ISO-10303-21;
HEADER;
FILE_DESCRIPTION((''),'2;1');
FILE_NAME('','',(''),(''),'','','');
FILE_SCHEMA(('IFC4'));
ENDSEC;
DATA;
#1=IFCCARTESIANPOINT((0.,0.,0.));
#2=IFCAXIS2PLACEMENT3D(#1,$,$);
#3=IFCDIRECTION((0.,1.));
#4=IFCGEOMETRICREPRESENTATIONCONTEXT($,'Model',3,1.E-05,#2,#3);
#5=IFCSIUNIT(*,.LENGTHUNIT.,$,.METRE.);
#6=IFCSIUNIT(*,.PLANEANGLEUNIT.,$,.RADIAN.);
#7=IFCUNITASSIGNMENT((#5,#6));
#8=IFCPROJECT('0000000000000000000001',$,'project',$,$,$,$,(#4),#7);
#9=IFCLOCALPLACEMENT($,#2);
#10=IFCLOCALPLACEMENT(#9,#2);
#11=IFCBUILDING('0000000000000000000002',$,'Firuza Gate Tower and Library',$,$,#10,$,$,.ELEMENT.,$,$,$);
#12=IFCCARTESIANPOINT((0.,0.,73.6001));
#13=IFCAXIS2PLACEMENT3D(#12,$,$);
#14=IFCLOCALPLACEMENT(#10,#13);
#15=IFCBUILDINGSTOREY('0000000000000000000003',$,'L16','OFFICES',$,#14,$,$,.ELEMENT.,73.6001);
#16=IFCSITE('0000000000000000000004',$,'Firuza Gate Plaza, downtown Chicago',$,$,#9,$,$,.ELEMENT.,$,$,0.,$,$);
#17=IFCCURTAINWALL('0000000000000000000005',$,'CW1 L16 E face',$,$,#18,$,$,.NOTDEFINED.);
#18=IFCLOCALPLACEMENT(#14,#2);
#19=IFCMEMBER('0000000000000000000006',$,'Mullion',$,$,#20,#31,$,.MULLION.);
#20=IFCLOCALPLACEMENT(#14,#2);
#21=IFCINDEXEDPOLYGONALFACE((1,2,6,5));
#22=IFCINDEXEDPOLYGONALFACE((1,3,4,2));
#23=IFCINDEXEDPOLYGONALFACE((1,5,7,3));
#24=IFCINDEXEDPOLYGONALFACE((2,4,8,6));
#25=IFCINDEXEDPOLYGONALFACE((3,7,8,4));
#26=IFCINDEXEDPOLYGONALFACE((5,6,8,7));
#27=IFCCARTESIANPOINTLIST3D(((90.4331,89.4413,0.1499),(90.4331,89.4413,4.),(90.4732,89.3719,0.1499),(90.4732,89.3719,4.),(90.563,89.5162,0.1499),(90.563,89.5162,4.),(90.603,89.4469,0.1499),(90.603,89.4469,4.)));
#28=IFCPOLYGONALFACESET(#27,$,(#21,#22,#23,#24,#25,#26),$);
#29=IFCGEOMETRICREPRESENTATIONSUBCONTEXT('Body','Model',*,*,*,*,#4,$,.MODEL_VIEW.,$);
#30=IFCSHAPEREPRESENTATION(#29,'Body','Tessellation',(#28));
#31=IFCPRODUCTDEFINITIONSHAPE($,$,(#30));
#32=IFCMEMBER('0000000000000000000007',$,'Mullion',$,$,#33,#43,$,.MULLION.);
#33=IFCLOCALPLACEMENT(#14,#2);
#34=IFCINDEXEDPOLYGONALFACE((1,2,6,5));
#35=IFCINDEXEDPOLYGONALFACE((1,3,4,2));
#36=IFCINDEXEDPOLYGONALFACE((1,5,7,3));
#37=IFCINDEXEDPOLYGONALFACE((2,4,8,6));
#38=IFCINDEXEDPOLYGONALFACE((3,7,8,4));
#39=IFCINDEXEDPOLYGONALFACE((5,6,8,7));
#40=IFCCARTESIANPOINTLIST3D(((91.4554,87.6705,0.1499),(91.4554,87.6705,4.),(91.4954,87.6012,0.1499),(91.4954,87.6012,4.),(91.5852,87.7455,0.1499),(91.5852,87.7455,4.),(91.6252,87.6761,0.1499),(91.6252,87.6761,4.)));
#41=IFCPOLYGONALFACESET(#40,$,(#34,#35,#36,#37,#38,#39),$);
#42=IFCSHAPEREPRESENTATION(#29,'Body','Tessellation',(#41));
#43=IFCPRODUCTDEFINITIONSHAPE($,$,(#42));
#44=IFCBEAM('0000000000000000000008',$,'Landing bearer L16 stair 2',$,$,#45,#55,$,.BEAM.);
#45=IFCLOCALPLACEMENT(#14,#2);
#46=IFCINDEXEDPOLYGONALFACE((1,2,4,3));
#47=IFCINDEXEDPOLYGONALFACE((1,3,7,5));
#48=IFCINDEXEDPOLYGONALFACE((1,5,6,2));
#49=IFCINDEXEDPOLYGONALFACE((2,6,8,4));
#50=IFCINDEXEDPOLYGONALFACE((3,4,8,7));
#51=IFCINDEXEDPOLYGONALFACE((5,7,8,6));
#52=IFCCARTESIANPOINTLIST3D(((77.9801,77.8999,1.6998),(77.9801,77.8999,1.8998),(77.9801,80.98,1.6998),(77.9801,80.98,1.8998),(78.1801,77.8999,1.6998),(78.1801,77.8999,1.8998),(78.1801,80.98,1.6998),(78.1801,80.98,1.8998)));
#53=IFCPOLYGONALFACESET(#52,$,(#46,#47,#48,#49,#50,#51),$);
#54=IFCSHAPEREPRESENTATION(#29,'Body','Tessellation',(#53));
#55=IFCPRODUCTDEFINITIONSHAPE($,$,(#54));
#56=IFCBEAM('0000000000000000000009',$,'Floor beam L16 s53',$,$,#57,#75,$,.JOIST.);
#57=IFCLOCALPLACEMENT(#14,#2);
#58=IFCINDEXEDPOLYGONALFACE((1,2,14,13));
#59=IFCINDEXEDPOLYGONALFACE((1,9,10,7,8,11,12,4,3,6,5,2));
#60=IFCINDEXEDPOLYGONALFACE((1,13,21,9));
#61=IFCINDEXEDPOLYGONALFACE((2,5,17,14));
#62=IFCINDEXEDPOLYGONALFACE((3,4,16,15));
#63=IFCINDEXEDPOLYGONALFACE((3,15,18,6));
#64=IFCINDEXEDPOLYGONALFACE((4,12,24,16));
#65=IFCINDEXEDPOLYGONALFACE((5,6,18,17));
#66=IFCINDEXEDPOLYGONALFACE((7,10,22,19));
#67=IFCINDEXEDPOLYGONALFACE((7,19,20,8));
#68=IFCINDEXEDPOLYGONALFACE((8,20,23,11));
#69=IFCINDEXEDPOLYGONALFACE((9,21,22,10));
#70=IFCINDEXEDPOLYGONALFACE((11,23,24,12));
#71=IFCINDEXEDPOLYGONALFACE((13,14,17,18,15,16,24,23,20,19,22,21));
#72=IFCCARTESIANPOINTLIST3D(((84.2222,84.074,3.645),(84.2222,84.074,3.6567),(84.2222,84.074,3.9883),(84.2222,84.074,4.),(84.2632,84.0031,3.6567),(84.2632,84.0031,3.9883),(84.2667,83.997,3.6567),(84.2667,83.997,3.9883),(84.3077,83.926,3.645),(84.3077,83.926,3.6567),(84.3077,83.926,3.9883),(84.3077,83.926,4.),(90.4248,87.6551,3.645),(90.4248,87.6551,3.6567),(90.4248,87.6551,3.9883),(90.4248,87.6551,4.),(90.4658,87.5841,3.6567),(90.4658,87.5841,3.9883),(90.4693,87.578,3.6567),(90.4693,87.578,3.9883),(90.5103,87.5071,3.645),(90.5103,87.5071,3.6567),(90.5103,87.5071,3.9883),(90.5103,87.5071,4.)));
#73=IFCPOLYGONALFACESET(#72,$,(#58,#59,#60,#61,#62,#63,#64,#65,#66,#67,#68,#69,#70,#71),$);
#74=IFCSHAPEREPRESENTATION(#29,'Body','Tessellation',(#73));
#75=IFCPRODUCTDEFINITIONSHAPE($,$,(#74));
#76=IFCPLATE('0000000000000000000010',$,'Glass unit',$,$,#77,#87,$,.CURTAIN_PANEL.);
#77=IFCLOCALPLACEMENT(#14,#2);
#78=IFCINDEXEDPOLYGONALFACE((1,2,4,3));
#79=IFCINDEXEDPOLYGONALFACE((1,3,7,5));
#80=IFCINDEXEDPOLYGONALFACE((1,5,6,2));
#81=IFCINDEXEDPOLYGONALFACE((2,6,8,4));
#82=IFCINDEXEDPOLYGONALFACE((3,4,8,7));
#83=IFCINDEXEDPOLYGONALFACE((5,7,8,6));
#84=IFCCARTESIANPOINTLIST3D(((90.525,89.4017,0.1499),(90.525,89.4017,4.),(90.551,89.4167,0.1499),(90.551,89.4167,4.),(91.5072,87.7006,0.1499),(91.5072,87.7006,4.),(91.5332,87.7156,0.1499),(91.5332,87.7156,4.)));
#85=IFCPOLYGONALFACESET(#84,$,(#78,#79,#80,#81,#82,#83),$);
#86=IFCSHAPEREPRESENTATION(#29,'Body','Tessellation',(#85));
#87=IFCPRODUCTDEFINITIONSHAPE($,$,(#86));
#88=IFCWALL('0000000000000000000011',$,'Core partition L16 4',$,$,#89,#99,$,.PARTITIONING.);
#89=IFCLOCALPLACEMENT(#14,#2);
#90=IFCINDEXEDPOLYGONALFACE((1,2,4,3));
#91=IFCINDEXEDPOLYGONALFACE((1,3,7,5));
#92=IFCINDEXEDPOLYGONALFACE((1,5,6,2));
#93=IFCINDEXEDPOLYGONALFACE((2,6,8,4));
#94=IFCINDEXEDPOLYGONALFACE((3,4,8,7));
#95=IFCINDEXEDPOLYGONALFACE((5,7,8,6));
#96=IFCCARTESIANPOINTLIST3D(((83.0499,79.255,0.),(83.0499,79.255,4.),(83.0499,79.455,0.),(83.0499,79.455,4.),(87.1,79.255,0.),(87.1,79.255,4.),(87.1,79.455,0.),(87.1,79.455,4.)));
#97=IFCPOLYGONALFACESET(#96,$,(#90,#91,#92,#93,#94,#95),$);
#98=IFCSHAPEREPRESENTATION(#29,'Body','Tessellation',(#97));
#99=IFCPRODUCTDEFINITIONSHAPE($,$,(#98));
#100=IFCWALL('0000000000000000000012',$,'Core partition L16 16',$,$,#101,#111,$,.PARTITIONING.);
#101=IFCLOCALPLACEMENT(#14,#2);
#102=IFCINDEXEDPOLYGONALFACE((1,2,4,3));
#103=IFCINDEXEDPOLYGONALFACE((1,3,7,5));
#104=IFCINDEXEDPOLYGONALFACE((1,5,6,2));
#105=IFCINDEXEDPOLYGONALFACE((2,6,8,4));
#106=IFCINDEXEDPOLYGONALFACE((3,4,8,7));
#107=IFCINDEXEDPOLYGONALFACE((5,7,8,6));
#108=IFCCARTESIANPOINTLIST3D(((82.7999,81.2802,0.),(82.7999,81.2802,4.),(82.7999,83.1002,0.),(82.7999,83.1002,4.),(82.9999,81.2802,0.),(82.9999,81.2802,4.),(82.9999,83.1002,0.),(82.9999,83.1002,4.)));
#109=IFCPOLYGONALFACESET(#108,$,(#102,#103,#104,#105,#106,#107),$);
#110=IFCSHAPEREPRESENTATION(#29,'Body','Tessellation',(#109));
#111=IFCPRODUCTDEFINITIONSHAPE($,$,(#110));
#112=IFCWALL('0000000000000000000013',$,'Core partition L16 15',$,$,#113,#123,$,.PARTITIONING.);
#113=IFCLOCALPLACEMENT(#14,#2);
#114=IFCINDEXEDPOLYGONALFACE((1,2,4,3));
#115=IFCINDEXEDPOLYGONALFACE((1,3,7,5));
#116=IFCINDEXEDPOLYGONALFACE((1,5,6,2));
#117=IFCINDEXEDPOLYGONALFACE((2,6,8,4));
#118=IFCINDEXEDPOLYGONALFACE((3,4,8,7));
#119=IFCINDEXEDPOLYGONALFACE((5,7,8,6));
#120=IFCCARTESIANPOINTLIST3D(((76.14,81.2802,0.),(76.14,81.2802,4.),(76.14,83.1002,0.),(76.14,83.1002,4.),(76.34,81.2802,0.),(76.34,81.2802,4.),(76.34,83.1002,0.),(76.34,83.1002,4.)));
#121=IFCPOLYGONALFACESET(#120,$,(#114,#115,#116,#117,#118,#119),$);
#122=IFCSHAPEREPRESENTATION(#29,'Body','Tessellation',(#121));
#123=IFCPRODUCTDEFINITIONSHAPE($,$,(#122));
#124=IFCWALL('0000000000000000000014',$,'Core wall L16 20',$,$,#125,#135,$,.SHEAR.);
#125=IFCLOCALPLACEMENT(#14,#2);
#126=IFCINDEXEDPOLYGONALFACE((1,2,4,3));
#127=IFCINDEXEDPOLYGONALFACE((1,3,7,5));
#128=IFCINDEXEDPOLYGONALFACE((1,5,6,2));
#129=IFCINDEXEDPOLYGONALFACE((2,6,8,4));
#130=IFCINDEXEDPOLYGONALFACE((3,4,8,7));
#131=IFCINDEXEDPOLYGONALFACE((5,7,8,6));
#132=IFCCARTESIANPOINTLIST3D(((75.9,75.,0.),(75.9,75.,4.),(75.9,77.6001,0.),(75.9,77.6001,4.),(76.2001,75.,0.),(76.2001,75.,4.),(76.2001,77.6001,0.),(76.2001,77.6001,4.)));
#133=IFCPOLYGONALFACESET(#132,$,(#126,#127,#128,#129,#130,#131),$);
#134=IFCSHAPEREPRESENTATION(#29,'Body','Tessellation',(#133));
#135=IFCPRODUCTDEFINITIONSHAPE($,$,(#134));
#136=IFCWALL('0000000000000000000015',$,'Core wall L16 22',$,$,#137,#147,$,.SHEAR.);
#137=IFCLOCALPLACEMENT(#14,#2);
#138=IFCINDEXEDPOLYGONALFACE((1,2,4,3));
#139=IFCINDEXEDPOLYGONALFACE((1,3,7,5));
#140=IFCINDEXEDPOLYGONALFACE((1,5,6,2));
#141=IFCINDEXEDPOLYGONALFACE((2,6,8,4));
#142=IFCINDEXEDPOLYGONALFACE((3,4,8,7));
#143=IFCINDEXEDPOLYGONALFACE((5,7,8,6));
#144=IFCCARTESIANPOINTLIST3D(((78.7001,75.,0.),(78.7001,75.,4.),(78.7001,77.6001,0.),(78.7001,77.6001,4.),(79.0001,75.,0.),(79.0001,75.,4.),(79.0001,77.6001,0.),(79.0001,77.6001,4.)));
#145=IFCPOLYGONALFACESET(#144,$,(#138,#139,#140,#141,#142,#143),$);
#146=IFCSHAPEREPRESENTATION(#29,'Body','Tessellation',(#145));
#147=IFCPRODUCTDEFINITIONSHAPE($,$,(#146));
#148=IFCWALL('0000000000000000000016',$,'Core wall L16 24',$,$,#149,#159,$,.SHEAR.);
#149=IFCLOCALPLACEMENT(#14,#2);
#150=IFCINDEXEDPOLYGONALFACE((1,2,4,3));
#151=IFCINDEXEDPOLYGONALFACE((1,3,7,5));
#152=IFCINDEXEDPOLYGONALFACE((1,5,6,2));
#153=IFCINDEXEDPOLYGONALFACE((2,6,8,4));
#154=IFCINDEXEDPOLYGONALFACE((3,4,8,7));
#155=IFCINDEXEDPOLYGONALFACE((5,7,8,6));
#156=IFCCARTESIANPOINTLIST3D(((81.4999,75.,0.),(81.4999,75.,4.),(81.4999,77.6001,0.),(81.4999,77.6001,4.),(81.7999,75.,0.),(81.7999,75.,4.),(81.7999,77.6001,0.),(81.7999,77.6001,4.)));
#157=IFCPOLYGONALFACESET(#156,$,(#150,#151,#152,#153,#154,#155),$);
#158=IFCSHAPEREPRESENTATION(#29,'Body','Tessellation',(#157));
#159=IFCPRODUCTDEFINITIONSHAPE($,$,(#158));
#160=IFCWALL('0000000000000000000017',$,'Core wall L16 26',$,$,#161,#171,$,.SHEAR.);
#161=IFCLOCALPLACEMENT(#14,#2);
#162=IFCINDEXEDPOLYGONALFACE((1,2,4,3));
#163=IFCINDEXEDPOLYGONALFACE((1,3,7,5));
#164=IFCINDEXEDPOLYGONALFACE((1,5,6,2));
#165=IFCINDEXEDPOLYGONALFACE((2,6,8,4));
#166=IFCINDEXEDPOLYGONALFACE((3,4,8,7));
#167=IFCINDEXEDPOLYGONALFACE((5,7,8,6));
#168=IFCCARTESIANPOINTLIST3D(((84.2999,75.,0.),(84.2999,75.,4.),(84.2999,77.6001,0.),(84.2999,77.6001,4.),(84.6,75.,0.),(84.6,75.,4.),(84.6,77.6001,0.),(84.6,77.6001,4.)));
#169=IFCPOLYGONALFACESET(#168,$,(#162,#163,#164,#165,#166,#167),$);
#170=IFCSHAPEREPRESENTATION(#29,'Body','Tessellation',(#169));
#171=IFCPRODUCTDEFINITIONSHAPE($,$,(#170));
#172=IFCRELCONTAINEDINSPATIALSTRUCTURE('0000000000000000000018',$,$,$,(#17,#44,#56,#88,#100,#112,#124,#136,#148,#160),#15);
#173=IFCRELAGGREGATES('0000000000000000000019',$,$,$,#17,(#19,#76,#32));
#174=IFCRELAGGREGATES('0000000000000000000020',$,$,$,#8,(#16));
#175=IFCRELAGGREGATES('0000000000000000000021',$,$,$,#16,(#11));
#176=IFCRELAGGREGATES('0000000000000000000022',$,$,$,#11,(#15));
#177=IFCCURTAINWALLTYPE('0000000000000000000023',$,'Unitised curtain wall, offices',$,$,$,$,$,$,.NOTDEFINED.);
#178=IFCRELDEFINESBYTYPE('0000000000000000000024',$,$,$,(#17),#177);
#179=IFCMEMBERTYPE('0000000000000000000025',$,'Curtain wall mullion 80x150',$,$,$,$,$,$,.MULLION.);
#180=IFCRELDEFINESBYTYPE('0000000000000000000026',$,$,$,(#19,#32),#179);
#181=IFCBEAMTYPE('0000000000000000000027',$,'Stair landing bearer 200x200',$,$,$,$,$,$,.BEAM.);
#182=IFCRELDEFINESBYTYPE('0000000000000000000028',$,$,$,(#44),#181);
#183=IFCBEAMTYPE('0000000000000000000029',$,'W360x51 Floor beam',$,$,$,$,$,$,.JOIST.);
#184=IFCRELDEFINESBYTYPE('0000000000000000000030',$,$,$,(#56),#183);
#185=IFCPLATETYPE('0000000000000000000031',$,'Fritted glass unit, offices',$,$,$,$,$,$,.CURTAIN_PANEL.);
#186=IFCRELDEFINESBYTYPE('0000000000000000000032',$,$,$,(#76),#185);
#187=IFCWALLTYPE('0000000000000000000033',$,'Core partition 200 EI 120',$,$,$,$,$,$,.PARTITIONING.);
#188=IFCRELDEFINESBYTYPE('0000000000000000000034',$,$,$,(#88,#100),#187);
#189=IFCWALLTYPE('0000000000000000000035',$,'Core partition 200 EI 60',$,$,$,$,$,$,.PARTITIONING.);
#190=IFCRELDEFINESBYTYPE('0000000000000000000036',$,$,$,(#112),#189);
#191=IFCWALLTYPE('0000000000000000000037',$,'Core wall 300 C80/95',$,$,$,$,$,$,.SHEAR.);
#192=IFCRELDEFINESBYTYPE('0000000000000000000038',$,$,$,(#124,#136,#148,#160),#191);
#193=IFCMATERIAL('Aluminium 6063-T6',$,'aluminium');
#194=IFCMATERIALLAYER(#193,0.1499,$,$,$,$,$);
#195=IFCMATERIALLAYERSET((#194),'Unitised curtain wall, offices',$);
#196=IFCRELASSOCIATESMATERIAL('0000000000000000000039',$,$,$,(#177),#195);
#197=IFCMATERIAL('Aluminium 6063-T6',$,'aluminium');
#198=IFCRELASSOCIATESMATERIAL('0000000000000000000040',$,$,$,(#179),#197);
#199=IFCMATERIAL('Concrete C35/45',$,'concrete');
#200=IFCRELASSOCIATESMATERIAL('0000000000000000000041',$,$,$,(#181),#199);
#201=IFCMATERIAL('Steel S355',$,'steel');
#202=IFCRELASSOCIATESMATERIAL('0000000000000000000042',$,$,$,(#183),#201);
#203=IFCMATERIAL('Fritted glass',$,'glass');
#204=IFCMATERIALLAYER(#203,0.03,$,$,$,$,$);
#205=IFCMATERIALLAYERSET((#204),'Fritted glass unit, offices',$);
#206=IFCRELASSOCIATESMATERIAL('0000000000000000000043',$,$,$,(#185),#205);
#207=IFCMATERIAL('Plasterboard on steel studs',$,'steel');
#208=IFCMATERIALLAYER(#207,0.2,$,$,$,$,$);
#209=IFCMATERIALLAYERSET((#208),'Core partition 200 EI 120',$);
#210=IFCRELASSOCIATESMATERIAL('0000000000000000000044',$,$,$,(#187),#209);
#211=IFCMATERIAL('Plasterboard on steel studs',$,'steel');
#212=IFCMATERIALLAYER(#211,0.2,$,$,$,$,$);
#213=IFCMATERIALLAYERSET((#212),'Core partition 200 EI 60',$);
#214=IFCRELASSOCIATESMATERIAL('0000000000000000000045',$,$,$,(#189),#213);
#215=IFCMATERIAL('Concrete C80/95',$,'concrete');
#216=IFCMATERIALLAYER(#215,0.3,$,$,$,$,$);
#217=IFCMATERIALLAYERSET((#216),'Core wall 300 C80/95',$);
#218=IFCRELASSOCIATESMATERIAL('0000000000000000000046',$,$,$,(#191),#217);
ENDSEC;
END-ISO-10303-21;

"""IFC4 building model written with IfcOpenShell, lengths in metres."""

from ifc_helpers import new_model, si_unit, direction, frame, frame_2d, origin, origin_2d, place, context, subcontext, project, spatial, polyline, rectangle, i_section, outline, extrude, material, layer, layer_set, material_profile, profile_set, type_object, element, aggregate, save


model = new_model("IFC4")

# Units and contexts
model_context = context("Model", 3, precision=1e-05, world=origin(), true_north=direction((0.0, 1.0)))
body_context = subcontext(model_context, "Body", "Model", "MODEL_VIEW")
ifc_project = project(units=[si_unit("LENGTHUNIT", "METRE"), si_unit("PLANEANGLEUNIT", "RADIAN")], contexts=[model_context])

# Site, building, storey
site_placement = place(None, origin())
site = spatial("IfcSite", under=ifc_project, at=site_placement, Name="Firuza Gate Plaza, downtown Chicago", CompositionType="ELEMENT", RefElevation=0.0)
building_placement = place(site_placement, origin())
building = spatial("IfcBuilding", under=site, at=building_placement, Name="Firuza Gate Tower and Library", CompositionType="ELEMENT")
storey_placement = place(building_placement, frame((0.0, 0.0, 73.6001)))
storey = spatial("IfcBuildingStorey", under=building, at=storey_placement, Name="L16", Description="OFFICES", CompositionType="ELEMENT", Elevation=73.6001)

# Curtain wall, members
ifc_material_1 = material(Name="Aluminium 6063-T6", Category="aluminium")
ifc_layer_1 = layer(ifc_material_1, 0.1499)
ifc_layer_set_1 = layer_set([ifc_layer_1], Name="Unitised curtain wall, offices")
curtain_wall_type = type_object("IfcCurtainWallType", Name="Unitised curtain wall, offices", PredefinedType="NOTDEFINED", material=ifc_layer_set_1)
placement = place(storey_placement, origin())
curtain_wall = element("IfcCurtainWall", 1, at=placement, inside=storey, type_object=curtain_wall_type, Name="CW1 L16 E face", PredefinedType="NOTDEFINED")
ifc_material_2 = material(Name="Aluminium 6063-T6", Category="aluminium")
ifc_material_profile_1 = material_profile(ifc_material_2, rectangle(XDim=0.1499, YDim=0.0801, at=origin_2d()))
ifc_profile_set_1 = profile_set([ifc_material_profile_1], Name="Aluminium 6063-T6")
member_type = type_object("IfcMemberType", Name="Curtain wall mullion 80x150", PredefinedType="MULLION", material=ifc_profile_set_1)
member_1_placement = place(storey_placement, frame((90.5181, 89.4441, 0.1499), z_axis=(0.0, 0.0, 1.0), x_axis=(-0.866025, -0.5, 0.0)))
member_1 = element("IfcMember", 2, at=member_1_placement, type_object=member_type, Name="Mullion", PredefinedType="MULLION", context=body_context, shape_type="SweptSolid", body=[
    extrude(rectangle(XDim=0.1499, YDim=0.0801, at=origin_2d()), origin(), (0.0, 0.0, 1.0), 3.8501),
])
member_2_placement = place(storey_placement, frame((91.5403, 87.6733, 0.1499), z_axis=(0.0, 0.0, 1.0), x_axis=(-0.866025, -0.5, 0.0)))
member_2 = element("IfcMember", 3, at=member_2_placement, type_object=member_type, Name="Mullion", PredefinedType="MULLION", context=body_context, shape_type="SweptSolid", body=[
    extrude(rectangle(XDim=0.1499, YDim=0.0801, at=origin_2d()), origin(), (0.0, 0.0, 1.0), 3.8501),
])

# Beams
ifc_material_3 = material(Name="Concrete C35/45", Category="concrete")
ifc_material_profile_2 = material_profile(ifc_material_3, rectangle(XDim=0.2, YDim=0.2, at=origin_2d()))
ifc_profile_set_2 = profile_set([ifc_material_profile_2], Name="Concrete C35/45")
beam_type_1 = type_object("IfcBeamType", Name="Stair landing bearer 200x200", PredefinedType="BEAM", material=ifc_profile_set_2)
beam_1_placement = place(storey_placement, frame((78.0801, 80.98, 1.7998), z_axis=(0.0, -1.0, 0.0), x_axis=(1.0, 0.0, 0.0)))
element("IfcBeam", 4, at=beam_1_placement, inside=storey, type_object=beam_type_1, Name="Landing bearer L16 stair 2", PredefinedType="BEAM", context=body_context, shape_type="SweptSolid", body=[
    extrude(rectangle(XDim=0.2, YDim=0.2, at=origin_2d()), origin(), (0.0, 0.0, 1.0), 3.0801),
])
ifc_material_4 = material(Name="Steel S355", Category="steel")
ifc_material_profile_3 = material_profile(ifc_material_4, i_section(OverallWidth=0.1709, OverallDepth=0.355, WebThickness=0.0071, FlangeThickness=0.0117, at=origin_2d()))
ifc_profile_set_3 = profile_set([ifc_material_profile_3], Name="Steel S355")
beam_type_2 = type_object("IfcBeamType", Name="W360x51 Floor beam", PredefinedType="JOIST", material=ifc_profile_set_3)
beam_2_placement = place(storey_placement, frame((90.4675, 87.5811, 3.8225), z_axis=(-0.866028, -0.499996, 0.0), x_axis=(0.499996, -0.866028, 0.0)))
element("IfcBeam", 5, at=beam_2_placement, inside=storey, type_object=beam_type_2, Name="Floor beam L16 s53", PredefinedType="JOIST", context=body_context, shape_type="SweptSolid", body=[
    extrude(i_section(OverallWidth=0.1709, OverallDepth=0.355, WebThickness=0.0071, FlangeThickness=0.0117, at=origin_2d()), origin(), (0.0, 0.0, 1.0), 7.1621),
])

# Plate
ifc_material_5 = material(Name="Fritted glass", Category="glass")
ifc_layer_2 = layer(ifc_material_5, 0.03)
ifc_layer_set_2 = layer_set([ifc_layer_2], Name="Fritted glass unit, offices")
plate_type = type_object("IfcPlateType", Name="Fritted glass unit, offices", PredefinedType="CURTAIN_PANEL", material=ifc_layer_set_2)
plate_placement = place(storey_placement, frame((91.5332, 87.7156, 0.1499), z_axis=(0.866024, 0.500002, 0.0), x_axis=(-0.500002, 0.866024, 0.0)))
plate = element("IfcPlate", 6, at=plate_placement, type_object=plate_type, Name="Glass unit", PredefinedType="CURTAIN_PANEL", context=body_context, shape_type="SweptSolid", body=[
    extrude(outline(polyline([(0.0, 0.0), (1.9643, 0.0), (1.9643, 3.8501), (0.0, 3.8501), (0.0, 0.0)])), origin(), (0.0, 0.0, -1.0), 0.03),
])
aggregate(curtain_wall, [member_1, plate, member_2])

# Walls
ifc_material_6 = material(Name="Plasterboard on steel studs", Category="steel")
ifc_layer_3 = layer(ifc_material_6, 0.2)
ifc_layer_set_3 = layer_set([ifc_layer_3], Name="Core partition 200 EI 120")
wall_type_1 = type_object("IfcWallType", Name="Core partition 200 EI 120", PredefinedType="PARTITIONING", material=ifc_layer_set_3)
wall_1_placement = place(storey_placement, frame((83.05, 79.355, 0.0), z_axis=(0.0, 0.0, 1.0), x_axis=(1.0, 0.0, 0.0)))
element("IfcWall", 7, at=wall_1_placement, inside=storey, type_object=wall_type_1, Name="Core partition L16 4", PredefinedType="PARTITIONING", context=body_context, shape_type="SweptSolid", body=[
    extrude(rectangle(XDim=4.05, YDim=0.2, at=frame_2d((2.0249, 0.0))), origin(), (0.0, 0.0, 1.0), 4.0),
])
wall_2_placement = place(storey_placement, frame((82.8999, 81.28, 0.0), z_axis=(0.0, 0.0, 1.0), x_axis=(0.0, 1.0, 0.0)))
element("IfcWall", 8, at=wall_2_placement, inside=storey, type_object=wall_type_1, Name="Core partition L16 16", PredefinedType="PARTITIONING", context=body_context, shape_type="SweptSolid", body=[
    extrude(rectangle(XDim=1.8201, YDim=0.2, at=frame_2d((0.9102, 0.0))), origin(), (0.0, 0.0, 1.0), 4.0),
])
ifc_material_7 = material(Name="Plasterboard on steel studs", Category="steel")
ifc_layer_4 = layer(ifc_material_7, 0.2)
ifc_layer_set_4 = layer_set([ifc_layer_4], Name="Core partition 200 EI 60")
wall_type_2 = type_object("IfcWallType", Name="Core partition 200 EI 60", PredefinedType="PARTITIONING", material=ifc_layer_set_4)
wall_3_placement = place(storey_placement, frame((76.24, 81.28, 0.0), z_axis=(0.0, 0.0, 1.0), x_axis=(0.0, 1.0, 0.0)))
element("IfcWall", 9, at=wall_3_placement, inside=storey, type_object=wall_type_2, Name="Core partition L16 15", PredefinedType="PARTITIONING", context=body_context, shape_type="SweptSolid", body=[
    extrude(rectangle(XDim=1.8201, YDim=0.2, at=frame_2d((0.9102, 0.0))), origin(), (0.0, 0.0, 1.0), 4.0),
])
ifc_material_8 = material(Name="Concrete C80/95", Category="concrete")
ifc_layer_5 = layer(ifc_material_8, 0.3)
ifc_layer_set_5 = layer_set([ifc_layer_5], Name="Core wall 300 C80/95")
wall_type_3 = type_object("IfcWallType", Name="Core wall 300 C80/95", PredefinedType="SHEAR", material=ifc_layer_set_5)
for number, where, z_axis, x_axis, name in (
    (10, (76.05, 75.0, 0.0), (0.0, 0.0, 1.0), (0.0, 1.0, 0.0), "Core wall L16 20"),
    (11, (78.8501, 75.0, 0.0), (0.0, 0.0, 1.0), (0.0, 1.0, 0.0), "Core wall L16 22"),
    (12, (81.6499, 75.0, 0.0), (0.0, 0.0, 1.0), (0.0, 1.0, 0.0), "Core wall L16 24"),
    (13, (84.45, 75.0, 0.0), (0.0, 0.0, 1.0), (0.0, 1.0, 0.0), "Core wall L16 26"),
):
    element("IfcWall", number, at=place(storey_placement, frame(where, z_axis=z_axis, x_axis=x_axis)), inside=storey, type_object=wall_type_3, Name=name, PredefinedType="SHEAR", context=body_context, shape_type="SweptSolid", body=[
        extrude(rectangle(XDim=2.6001, YDim=0.3, at=frame_2d((1.3, 0.0))), origin(), (0.0, 0.0, 1.0), 4.0),
    ])

save(model, "model.ifc")
